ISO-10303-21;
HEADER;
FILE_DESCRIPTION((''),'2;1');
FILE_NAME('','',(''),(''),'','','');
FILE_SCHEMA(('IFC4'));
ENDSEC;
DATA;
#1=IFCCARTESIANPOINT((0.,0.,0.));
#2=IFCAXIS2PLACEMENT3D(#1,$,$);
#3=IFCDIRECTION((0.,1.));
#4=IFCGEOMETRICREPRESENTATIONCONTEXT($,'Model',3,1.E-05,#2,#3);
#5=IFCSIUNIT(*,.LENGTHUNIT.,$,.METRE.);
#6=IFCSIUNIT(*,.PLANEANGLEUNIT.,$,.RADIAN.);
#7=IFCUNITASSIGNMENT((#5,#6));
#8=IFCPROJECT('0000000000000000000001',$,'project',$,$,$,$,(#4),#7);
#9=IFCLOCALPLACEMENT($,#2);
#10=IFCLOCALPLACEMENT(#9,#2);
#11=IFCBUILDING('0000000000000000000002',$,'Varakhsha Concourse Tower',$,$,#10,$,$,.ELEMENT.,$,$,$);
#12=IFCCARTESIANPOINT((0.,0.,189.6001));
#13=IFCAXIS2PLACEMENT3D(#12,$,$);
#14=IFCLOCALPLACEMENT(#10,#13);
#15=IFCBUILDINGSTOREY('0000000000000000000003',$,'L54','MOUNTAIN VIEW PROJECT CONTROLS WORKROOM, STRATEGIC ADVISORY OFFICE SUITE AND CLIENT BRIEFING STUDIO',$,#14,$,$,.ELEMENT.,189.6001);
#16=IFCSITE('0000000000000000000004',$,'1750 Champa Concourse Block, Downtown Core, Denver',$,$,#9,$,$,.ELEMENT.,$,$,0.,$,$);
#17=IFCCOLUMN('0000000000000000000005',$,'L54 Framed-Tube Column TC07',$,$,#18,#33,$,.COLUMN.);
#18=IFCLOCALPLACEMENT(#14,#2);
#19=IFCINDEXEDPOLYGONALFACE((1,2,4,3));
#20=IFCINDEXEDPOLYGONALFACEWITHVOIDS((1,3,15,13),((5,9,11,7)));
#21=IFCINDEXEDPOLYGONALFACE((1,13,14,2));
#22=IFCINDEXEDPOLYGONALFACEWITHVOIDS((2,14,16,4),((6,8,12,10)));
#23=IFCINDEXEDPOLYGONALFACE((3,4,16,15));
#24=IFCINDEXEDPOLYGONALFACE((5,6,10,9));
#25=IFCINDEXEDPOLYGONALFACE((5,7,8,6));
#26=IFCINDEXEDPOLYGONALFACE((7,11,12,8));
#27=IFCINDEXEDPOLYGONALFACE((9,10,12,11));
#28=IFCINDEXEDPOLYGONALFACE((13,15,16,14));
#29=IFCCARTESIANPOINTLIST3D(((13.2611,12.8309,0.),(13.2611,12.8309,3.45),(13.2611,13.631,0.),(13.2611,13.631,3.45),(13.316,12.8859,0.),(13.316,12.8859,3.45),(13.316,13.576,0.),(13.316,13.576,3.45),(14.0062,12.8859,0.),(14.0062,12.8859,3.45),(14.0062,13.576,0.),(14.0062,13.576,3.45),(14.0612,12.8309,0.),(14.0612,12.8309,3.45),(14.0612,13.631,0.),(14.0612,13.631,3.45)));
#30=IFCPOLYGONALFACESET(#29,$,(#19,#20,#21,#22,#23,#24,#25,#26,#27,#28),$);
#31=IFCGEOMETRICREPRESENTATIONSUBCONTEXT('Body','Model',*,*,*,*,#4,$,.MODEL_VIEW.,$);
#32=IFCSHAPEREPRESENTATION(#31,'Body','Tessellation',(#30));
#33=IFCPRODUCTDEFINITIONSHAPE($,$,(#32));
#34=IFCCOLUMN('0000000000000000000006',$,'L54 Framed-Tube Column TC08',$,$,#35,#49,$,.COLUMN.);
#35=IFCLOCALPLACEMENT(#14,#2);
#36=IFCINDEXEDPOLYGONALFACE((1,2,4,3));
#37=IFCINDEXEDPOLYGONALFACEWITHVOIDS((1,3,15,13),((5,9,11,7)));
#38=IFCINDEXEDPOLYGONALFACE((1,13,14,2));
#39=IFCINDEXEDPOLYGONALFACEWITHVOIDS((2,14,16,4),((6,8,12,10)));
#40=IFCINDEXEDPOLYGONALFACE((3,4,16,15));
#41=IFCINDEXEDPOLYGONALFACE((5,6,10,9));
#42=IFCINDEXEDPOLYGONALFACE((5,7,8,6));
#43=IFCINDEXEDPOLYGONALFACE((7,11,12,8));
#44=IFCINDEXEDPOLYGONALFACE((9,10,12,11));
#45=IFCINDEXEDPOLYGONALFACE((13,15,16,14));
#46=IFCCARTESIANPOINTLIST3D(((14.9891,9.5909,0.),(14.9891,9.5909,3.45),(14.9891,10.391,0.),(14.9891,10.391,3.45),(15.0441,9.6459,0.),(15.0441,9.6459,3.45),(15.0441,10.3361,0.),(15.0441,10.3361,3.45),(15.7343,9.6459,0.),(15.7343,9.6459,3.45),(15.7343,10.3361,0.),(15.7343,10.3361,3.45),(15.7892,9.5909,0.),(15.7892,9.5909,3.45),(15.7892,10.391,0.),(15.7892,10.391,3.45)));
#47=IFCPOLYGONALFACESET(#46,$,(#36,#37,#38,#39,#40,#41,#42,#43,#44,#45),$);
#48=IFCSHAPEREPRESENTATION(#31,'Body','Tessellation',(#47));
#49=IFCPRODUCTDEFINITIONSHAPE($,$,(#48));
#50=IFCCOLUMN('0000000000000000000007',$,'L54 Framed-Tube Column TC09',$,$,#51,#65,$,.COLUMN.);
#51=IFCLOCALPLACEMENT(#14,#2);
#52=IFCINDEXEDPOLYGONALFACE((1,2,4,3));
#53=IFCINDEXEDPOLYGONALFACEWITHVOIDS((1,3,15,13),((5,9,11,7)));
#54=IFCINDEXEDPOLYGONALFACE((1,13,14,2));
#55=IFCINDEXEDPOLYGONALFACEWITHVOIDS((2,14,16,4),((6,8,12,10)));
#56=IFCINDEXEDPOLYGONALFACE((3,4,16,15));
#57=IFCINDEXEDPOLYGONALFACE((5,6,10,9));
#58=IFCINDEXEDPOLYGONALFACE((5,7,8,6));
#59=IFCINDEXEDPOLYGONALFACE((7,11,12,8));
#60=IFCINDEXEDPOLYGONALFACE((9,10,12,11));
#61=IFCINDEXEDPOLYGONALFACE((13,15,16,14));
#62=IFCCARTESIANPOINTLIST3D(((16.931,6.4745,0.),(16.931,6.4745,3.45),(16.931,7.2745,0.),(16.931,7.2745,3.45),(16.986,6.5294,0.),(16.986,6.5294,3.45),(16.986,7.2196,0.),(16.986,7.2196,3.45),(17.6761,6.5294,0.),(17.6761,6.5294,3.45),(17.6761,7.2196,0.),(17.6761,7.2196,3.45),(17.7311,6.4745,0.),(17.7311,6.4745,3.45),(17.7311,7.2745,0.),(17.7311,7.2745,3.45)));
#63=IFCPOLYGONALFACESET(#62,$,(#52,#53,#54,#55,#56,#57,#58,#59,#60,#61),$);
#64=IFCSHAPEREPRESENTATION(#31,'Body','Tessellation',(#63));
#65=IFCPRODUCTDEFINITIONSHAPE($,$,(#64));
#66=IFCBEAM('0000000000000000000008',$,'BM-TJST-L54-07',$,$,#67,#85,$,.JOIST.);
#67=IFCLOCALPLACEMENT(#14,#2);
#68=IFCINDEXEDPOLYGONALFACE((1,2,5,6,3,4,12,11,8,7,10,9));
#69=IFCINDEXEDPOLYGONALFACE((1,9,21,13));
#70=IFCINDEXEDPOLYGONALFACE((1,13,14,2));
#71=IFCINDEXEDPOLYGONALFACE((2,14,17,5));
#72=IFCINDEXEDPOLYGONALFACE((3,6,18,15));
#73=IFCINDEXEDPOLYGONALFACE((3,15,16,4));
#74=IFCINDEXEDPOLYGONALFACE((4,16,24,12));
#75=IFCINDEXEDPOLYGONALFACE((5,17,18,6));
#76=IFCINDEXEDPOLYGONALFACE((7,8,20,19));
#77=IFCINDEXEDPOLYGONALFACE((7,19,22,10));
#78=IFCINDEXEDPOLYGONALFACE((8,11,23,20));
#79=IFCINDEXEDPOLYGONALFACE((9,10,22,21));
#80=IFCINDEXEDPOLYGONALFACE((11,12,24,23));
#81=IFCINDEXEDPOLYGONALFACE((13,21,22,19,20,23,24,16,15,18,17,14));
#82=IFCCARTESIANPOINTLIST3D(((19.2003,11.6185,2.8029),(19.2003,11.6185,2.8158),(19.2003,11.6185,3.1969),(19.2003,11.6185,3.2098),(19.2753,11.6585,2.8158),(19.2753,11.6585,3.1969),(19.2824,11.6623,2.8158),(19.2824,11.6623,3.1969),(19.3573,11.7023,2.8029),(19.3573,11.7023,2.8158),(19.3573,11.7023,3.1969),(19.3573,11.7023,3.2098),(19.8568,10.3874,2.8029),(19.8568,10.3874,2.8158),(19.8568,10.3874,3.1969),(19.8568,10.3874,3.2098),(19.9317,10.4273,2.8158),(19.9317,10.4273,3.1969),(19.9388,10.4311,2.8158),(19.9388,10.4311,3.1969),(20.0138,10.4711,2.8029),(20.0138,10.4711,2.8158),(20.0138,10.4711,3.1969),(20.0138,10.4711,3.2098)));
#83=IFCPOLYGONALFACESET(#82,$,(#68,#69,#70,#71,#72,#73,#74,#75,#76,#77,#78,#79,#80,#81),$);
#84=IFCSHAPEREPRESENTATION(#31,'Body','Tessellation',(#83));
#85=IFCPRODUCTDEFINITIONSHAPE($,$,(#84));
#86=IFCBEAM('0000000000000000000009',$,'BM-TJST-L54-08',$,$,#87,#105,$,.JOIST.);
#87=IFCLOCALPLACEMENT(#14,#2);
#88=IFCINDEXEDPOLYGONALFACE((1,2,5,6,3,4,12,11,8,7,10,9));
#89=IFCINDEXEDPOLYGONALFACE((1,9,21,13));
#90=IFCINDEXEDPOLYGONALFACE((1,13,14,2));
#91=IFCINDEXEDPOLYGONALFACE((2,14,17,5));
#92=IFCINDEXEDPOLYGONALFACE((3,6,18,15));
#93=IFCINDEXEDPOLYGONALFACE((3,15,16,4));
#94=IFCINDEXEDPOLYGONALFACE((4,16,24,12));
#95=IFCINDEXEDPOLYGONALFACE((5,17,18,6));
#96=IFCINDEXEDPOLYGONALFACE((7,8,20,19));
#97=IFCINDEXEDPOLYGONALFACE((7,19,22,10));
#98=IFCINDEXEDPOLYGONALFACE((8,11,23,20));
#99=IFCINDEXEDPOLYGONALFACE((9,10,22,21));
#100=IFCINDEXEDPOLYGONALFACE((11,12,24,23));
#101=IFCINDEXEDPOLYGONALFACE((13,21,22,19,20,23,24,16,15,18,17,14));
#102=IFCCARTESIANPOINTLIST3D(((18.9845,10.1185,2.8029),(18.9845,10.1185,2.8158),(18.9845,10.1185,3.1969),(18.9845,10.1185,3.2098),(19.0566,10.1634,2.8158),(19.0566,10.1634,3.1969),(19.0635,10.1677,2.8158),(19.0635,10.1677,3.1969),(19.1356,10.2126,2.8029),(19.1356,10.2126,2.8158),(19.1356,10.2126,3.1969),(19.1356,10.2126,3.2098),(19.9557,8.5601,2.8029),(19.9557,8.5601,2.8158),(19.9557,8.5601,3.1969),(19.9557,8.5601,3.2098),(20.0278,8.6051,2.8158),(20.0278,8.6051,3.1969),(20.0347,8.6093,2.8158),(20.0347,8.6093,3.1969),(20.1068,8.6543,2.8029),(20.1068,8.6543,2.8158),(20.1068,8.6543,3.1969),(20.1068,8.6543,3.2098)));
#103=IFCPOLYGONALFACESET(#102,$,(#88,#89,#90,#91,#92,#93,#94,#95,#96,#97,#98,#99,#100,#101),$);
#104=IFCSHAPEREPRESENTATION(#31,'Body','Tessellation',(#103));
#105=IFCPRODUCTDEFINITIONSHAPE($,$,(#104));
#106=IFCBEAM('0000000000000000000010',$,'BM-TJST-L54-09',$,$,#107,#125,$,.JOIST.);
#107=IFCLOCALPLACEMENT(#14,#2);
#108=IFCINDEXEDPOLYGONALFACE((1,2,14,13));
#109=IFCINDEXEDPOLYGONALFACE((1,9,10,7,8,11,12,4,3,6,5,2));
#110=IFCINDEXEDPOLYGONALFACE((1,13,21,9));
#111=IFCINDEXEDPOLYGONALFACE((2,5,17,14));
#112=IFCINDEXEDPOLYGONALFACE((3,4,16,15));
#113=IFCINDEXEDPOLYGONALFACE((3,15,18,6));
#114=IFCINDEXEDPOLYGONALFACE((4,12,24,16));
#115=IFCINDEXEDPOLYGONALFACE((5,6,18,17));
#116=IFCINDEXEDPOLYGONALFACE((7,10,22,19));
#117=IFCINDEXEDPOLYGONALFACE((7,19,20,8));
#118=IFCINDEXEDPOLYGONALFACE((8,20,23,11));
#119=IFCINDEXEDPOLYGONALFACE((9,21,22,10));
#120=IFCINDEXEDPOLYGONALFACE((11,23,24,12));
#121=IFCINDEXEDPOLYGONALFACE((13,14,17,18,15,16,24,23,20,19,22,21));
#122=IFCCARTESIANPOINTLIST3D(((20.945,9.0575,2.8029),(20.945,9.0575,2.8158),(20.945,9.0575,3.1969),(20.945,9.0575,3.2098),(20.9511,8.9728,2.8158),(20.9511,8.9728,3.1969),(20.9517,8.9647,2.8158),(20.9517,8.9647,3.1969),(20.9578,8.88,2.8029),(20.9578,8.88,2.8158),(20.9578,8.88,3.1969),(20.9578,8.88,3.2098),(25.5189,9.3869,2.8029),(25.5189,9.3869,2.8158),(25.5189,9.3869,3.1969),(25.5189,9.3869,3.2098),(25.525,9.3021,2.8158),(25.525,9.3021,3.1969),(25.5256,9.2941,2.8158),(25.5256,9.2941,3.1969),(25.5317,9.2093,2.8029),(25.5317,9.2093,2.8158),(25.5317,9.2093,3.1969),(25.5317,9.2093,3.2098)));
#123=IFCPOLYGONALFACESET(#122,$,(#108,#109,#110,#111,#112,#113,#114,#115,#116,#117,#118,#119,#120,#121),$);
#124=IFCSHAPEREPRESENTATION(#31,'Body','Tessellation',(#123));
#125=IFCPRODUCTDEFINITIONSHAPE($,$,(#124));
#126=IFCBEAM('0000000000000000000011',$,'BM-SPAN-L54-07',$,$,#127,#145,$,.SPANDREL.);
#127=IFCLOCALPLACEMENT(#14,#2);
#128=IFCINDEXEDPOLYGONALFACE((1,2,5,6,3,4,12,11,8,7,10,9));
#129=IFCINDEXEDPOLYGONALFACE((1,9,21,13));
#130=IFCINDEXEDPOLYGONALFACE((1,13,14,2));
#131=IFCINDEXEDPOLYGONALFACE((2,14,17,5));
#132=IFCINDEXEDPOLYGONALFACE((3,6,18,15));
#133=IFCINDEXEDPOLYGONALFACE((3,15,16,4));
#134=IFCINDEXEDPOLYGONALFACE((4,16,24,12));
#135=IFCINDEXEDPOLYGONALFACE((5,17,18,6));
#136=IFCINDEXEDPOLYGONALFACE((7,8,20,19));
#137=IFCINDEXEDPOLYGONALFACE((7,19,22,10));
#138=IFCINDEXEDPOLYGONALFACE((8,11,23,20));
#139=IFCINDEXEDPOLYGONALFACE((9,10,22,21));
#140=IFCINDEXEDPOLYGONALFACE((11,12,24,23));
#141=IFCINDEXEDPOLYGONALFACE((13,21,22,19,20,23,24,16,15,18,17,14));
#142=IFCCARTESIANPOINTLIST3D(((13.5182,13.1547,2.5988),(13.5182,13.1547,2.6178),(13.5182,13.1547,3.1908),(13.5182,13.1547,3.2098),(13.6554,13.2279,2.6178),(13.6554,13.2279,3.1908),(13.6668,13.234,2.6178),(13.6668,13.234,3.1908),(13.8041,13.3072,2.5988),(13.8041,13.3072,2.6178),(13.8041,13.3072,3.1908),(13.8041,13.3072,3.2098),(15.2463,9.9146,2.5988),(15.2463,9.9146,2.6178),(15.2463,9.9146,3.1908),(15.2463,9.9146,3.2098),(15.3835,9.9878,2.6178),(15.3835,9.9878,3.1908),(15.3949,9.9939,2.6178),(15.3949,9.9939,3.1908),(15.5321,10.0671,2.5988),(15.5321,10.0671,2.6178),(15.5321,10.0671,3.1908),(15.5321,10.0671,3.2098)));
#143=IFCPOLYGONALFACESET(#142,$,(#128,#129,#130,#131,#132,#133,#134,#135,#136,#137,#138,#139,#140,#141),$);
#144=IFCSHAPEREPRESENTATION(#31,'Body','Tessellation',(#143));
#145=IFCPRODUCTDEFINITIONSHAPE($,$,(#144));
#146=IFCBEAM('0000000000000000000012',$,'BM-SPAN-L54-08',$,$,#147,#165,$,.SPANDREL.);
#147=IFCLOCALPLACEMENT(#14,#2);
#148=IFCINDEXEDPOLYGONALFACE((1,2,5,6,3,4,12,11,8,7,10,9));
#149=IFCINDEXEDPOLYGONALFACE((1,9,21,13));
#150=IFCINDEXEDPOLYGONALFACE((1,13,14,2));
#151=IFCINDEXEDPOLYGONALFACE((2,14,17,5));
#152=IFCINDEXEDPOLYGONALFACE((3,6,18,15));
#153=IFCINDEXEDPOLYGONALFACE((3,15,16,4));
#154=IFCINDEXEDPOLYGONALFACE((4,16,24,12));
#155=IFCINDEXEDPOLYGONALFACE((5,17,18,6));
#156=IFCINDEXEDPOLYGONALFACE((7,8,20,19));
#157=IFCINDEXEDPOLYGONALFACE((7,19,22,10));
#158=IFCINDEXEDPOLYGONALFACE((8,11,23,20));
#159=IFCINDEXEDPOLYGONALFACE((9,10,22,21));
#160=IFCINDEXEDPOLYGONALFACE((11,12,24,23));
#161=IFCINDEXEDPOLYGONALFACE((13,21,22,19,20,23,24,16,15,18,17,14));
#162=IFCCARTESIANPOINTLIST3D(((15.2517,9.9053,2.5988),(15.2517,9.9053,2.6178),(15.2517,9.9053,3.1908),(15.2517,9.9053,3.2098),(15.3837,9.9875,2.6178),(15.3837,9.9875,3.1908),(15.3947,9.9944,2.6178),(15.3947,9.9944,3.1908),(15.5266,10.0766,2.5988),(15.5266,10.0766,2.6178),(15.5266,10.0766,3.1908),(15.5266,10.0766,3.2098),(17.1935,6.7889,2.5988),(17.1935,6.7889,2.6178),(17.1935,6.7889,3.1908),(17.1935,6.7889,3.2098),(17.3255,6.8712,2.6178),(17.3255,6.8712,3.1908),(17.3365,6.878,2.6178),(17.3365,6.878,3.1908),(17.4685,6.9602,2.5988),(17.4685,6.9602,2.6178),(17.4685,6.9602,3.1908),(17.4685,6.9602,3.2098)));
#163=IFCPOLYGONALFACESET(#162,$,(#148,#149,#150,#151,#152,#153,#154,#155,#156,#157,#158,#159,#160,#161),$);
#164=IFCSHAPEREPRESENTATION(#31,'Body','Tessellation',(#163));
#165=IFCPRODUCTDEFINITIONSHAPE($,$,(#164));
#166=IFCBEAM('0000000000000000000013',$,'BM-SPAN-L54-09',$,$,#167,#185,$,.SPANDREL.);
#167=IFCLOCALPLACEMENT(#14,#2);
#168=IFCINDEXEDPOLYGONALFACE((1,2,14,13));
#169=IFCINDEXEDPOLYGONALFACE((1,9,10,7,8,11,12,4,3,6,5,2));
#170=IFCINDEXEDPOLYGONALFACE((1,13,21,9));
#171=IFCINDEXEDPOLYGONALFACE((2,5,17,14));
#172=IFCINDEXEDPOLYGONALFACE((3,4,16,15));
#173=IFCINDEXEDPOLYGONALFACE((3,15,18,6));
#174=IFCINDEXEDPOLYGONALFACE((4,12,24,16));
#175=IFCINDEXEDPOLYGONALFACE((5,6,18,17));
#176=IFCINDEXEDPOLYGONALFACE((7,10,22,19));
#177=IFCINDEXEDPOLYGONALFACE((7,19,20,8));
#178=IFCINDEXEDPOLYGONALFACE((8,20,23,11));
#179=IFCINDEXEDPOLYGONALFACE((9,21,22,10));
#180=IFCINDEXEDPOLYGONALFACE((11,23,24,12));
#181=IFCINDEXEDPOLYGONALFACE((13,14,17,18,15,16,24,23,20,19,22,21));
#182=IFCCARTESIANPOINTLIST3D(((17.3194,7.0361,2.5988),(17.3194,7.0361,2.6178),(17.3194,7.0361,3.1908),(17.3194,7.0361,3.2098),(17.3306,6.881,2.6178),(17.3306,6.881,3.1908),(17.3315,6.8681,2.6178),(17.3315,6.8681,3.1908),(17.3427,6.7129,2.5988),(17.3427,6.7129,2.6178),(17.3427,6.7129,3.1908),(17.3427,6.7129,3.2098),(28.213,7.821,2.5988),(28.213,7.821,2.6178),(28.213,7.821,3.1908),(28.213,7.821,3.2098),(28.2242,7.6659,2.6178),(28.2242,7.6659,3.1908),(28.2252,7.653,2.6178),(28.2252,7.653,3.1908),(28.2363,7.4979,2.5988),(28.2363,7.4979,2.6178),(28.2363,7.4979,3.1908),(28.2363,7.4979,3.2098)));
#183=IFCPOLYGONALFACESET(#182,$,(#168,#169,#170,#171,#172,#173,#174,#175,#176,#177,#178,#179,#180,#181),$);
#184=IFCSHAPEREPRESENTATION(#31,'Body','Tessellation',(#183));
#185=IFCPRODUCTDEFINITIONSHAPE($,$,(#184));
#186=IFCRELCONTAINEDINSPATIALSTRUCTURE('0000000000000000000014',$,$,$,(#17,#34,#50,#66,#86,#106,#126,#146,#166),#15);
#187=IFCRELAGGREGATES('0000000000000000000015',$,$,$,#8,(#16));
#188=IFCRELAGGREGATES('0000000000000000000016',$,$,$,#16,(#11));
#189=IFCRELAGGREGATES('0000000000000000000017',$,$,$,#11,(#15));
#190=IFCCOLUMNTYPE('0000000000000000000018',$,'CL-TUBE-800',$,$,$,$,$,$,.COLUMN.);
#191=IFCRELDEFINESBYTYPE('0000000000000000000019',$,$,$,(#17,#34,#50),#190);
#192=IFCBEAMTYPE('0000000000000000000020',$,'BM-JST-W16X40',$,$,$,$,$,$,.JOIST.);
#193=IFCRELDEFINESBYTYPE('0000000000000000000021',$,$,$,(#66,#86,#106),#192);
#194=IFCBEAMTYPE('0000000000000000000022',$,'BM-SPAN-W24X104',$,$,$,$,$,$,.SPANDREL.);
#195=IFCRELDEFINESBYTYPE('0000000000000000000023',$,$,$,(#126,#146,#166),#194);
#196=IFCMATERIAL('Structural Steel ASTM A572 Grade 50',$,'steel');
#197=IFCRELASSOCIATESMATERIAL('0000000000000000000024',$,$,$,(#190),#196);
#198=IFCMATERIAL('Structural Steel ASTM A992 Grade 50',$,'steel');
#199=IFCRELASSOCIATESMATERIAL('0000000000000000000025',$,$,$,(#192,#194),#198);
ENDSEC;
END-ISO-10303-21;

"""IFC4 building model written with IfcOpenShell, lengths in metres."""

from ifc_helpers import new_model, si_unit, direction, frame, origin, origin_2d, place, context, subcontext, project, spatial, hollow_rectangle, i_section, extrude, material, material_profile, profile_set, type_object, element, save


model = new_model("IFC4")

# Units and contexts
model_context = context("Model", 3, precision=1e-05, world=origin(), true_north=direction((0.0, 1.0)))
body_context = subcontext(model_context, "Body", "Model", "MODEL_VIEW")
ifc_project = project(units=[si_unit("LENGTHUNIT", "METRE"), si_unit("PLANEANGLEUNIT", "RADIAN")], contexts=[model_context])

# Site, building, storey
site_placement = place(None, origin())
site = spatial("IfcSite", under=ifc_project, at=site_placement, Name="1750 Champa Concourse Block, Downtown Core, Denver", CompositionType="ELEMENT", RefElevation=0.0)
building_placement = place(site_placement, origin())
building = spatial("IfcBuilding", under=site, at=building_placement, Name="Varakhsha Concourse Tower", CompositionType="ELEMENT")
storey_placement = place(building_placement, frame((0.0, 0.0, 189.6001)))
storey = spatial("IfcBuildingStorey", under=building, at=storey_placement, Name="L54", Description="MOUNTAIN VIEW PROJECT CONTROLS WORKROOM, STRATEGIC ADVISORY OFFICE SUITE AND CLIENT BRIEFING STUDIO", CompositionType="ELEMENT", Elevation=189.6001)

# Columns
ifc_material_1 = material(Name="Structural Steel ASTM A572 Grade 50", Category="steel")
ifc_material_profile_1 = material_profile(ifc_material_1, hollow_rectangle(XDim=0.8, YDim=0.8, WallThickness=0.0549, at=origin_2d()), Name="BOX 800x800x55")
ifc_profile_set_1 = profile_set([ifc_material_profile_1], Name="Structural Steel ASTM A572 Grade 50")
column_type = type_object("IfcColumnType", Name="CL-TUBE-800", PredefinedType="COLUMN", material=ifc_profile_set_1)
for number, where, z_axis, x_axis, name in (
    (1, (13.6611, 13.231, 0.0), (0.0, 0.0, 1.0), (1.0, 0.0, 0.0), "L54 Framed-Tube Column TC07"),
    (2, (15.3892, 9.991, 0.0), (0.0, 0.0, 1.0), (1.0, 0.0, 0.0), "L54 Framed-Tube Column TC08"),
    (3, (17.3311, 6.8745, 0.0), (0.0, 0.0, 1.0), (1.0, 0.0, 0.0), "L54 Framed-Tube Column TC09"),
):
    element("IfcColumn", number, at=place(storey_placement, frame(where, z_axis=z_axis, x_axis=x_axis)), inside=storey, type_object=column_type, Name=name, PredefinedType="COLUMN", context=body_context, shape_type="SweptSolid", body=[
        extrude(hollow_rectangle(XDim=0.8, YDim=0.8, WallThickness=0.0549, at=origin_2d()), origin(), (0.0, 0.0, 1.0), 3.45),
    ])

# Beams
ifc_material_2 = material(Name="Structural Steel ASTM A992 Grade 50", Category="steel")
ifc_material_profile_2 = material_profile(ifc_material_2, i_section(OverallWidth=0.178, OverallDepth=0.407, WebThickness=0.0081, FlangeThickness=0.0129, at=origin_2d()), Name="W16X40")
ifc_profile_set_2 = profile_set([ifc_material_profile_2], Name="Structural Steel ASTM A992 Grade 50")
beam_type_1 = type_object("IfcBeamType", Name="BM-JST-W16X40", PredefinedType="JOIST", material=ifc_profile_set_2)
beam_1_placement = place(storey_placement, frame((19.2788, 11.6604, 3.0063), z_axis=(0.470506, -0.882397, 0.0), x_axis=(0.882397, 0.470506, 0.0)))
element("IfcBeam", 4, at=beam_1_placement, inside=storey, type_object=beam_type_1, Name="BM-TJST-L54-07", PredefinedType="JOIST", context=body_context, shape_type="SweptSolid", body=[
    extrude(i_section(OverallWidth=0.178, OverallDepth=0.407, WebThickness=0.0081, FlangeThickness=0.0129, at=origin_2d()), origin(), (0.0, 0.0, 1.0), 1.3953),
])
beam_2_placement = place(storey_placement, frame((19.0601, 10.1655, 3.0063), z_axis=(0.528911, -0.848677, 0.0), x_axis=(0.848677, 0.528911, 0.0)))
element("IfcBeam", 5, at=beam_2_placement, inside=storey, type_object=beam_type_1, Name="BM-TJST-L54-08", PredefinedType="JOIST", context=body_context, shape_type="SweptSolid", body=[
    extrude(i_section(OverallWidth=0.178, OverallDepth=0.407, WebThickness=0.0081, FlangeThickness=0.0129, at=origin_2d()), origin(), (0.0, 0.0, 1.0), 1.8362),
])
beam_3_placement = place(storey_placement, frame((20.9514, 8.9688, 3.0063), z_axis=(0.997417, 0.071822, 0.0), x_axis=(-0.071822, 0.997417, 0.0)))
element("IfcBeam", 6, at=beam_3_placement, inside=storey, type_object=beam_type_1, Name="BM-TJST-L54-09", PredefinedType="JOIST", context=body_context, shape_type="SweptSolid", body=[
    extrude(i_section(OverallWidth=0.178, OverallDepth=0.407, WebThickness=0.0081, FlangeThickness=0.0129, at=origin_2d()), origin(), (0.0, 0.0, 1.0), 4.5857),
])
ifc_material_profile_3 = material_profile(ifc_material_2, i_section(OverallWidth=0.324, OverallDepth=0.6111, WebThickness=0.0129, FlangeThickness=0.019, at=origin_2d()), Name="W24X104")
ifc_profile_set_3 = profile_set([ifc_material_profile_3], Name="Structural Steel ASTM A992 Grade 50")
beam_type_2 = type_object("IfcBeamType", Name="BM-SPAN-W24X104", PredefinedType="SPANDREL", material=ifc_profile_set_3)
beam_4_placement = place(storey_placement, frame((13.6611, 13.231, 2.9043), z_axis=(0.470595, -0.882349, 0.0), x_axis=(0.882349, 0.470595, 0.0)))
element("IfcBeam", 7, at=beam_4_placement, inside=storey, type_object=beam_type_2, Name="BM-SPAN-L54-07", PredefinedType="SPANDREL", context=body_context, shape_type="SweptSolid", body=[
    extrude(i_section(OverallWidth=0.324, OverallDepth=0.6111, WebThickness=0.0129, FlangeThickness=0.019, at=origin_2d()), origin(), (0.0, 0.0, 1.0), 3.6721),
])
beam_5_placement = place(storey_placement, frame((15.3892, 9.991, 2.9043), z_axis=(0.528845, -0.848718, 0.0), x_axis=(0.848718, 0.528845, 0.0)))
element("IfcBeam", 8, at=beam_5_placement, inside=storey, type_object=beam_type_2, Name="BM-SPAN-L54-08", PredefinedType="SPANDREL", context=body_context, shape_type="SweptSolid", body=[
    extrude(i_section(OverallWidth=0.324, OverallDepth=0.6111, WebThickness=0.0129, FlangeThickness=0.019, at=origin_2d()), origin(), (0.0, 0.0, 1.0), 3.6719),
])
beam_6_placement = place(storey_placement, frame((17.3311, 6.8745, 2.9043), z_axis=(0.997414, 0.071867, 0.0), x_axis=(-0.071867, 0.997414, 0.0)))
element("IfcBeam", 9, at=beam_6_placement, inside=storey, type_object=beam_type_2, Name="BM-SPAN-L54-09", PredefinedType="SPANDREL", context=body_context, shape_type="SweptSolid", body=[
    extrude(i_section(OverallWidth=0.324, OverallDepth=0.6111, WebThickness=0.0129, FlangeThickness=0.019, at=origin_2d()), origin(), (0.0, 0.0, 1.0), 10.9219),
])

save(model, "model.ifc")
